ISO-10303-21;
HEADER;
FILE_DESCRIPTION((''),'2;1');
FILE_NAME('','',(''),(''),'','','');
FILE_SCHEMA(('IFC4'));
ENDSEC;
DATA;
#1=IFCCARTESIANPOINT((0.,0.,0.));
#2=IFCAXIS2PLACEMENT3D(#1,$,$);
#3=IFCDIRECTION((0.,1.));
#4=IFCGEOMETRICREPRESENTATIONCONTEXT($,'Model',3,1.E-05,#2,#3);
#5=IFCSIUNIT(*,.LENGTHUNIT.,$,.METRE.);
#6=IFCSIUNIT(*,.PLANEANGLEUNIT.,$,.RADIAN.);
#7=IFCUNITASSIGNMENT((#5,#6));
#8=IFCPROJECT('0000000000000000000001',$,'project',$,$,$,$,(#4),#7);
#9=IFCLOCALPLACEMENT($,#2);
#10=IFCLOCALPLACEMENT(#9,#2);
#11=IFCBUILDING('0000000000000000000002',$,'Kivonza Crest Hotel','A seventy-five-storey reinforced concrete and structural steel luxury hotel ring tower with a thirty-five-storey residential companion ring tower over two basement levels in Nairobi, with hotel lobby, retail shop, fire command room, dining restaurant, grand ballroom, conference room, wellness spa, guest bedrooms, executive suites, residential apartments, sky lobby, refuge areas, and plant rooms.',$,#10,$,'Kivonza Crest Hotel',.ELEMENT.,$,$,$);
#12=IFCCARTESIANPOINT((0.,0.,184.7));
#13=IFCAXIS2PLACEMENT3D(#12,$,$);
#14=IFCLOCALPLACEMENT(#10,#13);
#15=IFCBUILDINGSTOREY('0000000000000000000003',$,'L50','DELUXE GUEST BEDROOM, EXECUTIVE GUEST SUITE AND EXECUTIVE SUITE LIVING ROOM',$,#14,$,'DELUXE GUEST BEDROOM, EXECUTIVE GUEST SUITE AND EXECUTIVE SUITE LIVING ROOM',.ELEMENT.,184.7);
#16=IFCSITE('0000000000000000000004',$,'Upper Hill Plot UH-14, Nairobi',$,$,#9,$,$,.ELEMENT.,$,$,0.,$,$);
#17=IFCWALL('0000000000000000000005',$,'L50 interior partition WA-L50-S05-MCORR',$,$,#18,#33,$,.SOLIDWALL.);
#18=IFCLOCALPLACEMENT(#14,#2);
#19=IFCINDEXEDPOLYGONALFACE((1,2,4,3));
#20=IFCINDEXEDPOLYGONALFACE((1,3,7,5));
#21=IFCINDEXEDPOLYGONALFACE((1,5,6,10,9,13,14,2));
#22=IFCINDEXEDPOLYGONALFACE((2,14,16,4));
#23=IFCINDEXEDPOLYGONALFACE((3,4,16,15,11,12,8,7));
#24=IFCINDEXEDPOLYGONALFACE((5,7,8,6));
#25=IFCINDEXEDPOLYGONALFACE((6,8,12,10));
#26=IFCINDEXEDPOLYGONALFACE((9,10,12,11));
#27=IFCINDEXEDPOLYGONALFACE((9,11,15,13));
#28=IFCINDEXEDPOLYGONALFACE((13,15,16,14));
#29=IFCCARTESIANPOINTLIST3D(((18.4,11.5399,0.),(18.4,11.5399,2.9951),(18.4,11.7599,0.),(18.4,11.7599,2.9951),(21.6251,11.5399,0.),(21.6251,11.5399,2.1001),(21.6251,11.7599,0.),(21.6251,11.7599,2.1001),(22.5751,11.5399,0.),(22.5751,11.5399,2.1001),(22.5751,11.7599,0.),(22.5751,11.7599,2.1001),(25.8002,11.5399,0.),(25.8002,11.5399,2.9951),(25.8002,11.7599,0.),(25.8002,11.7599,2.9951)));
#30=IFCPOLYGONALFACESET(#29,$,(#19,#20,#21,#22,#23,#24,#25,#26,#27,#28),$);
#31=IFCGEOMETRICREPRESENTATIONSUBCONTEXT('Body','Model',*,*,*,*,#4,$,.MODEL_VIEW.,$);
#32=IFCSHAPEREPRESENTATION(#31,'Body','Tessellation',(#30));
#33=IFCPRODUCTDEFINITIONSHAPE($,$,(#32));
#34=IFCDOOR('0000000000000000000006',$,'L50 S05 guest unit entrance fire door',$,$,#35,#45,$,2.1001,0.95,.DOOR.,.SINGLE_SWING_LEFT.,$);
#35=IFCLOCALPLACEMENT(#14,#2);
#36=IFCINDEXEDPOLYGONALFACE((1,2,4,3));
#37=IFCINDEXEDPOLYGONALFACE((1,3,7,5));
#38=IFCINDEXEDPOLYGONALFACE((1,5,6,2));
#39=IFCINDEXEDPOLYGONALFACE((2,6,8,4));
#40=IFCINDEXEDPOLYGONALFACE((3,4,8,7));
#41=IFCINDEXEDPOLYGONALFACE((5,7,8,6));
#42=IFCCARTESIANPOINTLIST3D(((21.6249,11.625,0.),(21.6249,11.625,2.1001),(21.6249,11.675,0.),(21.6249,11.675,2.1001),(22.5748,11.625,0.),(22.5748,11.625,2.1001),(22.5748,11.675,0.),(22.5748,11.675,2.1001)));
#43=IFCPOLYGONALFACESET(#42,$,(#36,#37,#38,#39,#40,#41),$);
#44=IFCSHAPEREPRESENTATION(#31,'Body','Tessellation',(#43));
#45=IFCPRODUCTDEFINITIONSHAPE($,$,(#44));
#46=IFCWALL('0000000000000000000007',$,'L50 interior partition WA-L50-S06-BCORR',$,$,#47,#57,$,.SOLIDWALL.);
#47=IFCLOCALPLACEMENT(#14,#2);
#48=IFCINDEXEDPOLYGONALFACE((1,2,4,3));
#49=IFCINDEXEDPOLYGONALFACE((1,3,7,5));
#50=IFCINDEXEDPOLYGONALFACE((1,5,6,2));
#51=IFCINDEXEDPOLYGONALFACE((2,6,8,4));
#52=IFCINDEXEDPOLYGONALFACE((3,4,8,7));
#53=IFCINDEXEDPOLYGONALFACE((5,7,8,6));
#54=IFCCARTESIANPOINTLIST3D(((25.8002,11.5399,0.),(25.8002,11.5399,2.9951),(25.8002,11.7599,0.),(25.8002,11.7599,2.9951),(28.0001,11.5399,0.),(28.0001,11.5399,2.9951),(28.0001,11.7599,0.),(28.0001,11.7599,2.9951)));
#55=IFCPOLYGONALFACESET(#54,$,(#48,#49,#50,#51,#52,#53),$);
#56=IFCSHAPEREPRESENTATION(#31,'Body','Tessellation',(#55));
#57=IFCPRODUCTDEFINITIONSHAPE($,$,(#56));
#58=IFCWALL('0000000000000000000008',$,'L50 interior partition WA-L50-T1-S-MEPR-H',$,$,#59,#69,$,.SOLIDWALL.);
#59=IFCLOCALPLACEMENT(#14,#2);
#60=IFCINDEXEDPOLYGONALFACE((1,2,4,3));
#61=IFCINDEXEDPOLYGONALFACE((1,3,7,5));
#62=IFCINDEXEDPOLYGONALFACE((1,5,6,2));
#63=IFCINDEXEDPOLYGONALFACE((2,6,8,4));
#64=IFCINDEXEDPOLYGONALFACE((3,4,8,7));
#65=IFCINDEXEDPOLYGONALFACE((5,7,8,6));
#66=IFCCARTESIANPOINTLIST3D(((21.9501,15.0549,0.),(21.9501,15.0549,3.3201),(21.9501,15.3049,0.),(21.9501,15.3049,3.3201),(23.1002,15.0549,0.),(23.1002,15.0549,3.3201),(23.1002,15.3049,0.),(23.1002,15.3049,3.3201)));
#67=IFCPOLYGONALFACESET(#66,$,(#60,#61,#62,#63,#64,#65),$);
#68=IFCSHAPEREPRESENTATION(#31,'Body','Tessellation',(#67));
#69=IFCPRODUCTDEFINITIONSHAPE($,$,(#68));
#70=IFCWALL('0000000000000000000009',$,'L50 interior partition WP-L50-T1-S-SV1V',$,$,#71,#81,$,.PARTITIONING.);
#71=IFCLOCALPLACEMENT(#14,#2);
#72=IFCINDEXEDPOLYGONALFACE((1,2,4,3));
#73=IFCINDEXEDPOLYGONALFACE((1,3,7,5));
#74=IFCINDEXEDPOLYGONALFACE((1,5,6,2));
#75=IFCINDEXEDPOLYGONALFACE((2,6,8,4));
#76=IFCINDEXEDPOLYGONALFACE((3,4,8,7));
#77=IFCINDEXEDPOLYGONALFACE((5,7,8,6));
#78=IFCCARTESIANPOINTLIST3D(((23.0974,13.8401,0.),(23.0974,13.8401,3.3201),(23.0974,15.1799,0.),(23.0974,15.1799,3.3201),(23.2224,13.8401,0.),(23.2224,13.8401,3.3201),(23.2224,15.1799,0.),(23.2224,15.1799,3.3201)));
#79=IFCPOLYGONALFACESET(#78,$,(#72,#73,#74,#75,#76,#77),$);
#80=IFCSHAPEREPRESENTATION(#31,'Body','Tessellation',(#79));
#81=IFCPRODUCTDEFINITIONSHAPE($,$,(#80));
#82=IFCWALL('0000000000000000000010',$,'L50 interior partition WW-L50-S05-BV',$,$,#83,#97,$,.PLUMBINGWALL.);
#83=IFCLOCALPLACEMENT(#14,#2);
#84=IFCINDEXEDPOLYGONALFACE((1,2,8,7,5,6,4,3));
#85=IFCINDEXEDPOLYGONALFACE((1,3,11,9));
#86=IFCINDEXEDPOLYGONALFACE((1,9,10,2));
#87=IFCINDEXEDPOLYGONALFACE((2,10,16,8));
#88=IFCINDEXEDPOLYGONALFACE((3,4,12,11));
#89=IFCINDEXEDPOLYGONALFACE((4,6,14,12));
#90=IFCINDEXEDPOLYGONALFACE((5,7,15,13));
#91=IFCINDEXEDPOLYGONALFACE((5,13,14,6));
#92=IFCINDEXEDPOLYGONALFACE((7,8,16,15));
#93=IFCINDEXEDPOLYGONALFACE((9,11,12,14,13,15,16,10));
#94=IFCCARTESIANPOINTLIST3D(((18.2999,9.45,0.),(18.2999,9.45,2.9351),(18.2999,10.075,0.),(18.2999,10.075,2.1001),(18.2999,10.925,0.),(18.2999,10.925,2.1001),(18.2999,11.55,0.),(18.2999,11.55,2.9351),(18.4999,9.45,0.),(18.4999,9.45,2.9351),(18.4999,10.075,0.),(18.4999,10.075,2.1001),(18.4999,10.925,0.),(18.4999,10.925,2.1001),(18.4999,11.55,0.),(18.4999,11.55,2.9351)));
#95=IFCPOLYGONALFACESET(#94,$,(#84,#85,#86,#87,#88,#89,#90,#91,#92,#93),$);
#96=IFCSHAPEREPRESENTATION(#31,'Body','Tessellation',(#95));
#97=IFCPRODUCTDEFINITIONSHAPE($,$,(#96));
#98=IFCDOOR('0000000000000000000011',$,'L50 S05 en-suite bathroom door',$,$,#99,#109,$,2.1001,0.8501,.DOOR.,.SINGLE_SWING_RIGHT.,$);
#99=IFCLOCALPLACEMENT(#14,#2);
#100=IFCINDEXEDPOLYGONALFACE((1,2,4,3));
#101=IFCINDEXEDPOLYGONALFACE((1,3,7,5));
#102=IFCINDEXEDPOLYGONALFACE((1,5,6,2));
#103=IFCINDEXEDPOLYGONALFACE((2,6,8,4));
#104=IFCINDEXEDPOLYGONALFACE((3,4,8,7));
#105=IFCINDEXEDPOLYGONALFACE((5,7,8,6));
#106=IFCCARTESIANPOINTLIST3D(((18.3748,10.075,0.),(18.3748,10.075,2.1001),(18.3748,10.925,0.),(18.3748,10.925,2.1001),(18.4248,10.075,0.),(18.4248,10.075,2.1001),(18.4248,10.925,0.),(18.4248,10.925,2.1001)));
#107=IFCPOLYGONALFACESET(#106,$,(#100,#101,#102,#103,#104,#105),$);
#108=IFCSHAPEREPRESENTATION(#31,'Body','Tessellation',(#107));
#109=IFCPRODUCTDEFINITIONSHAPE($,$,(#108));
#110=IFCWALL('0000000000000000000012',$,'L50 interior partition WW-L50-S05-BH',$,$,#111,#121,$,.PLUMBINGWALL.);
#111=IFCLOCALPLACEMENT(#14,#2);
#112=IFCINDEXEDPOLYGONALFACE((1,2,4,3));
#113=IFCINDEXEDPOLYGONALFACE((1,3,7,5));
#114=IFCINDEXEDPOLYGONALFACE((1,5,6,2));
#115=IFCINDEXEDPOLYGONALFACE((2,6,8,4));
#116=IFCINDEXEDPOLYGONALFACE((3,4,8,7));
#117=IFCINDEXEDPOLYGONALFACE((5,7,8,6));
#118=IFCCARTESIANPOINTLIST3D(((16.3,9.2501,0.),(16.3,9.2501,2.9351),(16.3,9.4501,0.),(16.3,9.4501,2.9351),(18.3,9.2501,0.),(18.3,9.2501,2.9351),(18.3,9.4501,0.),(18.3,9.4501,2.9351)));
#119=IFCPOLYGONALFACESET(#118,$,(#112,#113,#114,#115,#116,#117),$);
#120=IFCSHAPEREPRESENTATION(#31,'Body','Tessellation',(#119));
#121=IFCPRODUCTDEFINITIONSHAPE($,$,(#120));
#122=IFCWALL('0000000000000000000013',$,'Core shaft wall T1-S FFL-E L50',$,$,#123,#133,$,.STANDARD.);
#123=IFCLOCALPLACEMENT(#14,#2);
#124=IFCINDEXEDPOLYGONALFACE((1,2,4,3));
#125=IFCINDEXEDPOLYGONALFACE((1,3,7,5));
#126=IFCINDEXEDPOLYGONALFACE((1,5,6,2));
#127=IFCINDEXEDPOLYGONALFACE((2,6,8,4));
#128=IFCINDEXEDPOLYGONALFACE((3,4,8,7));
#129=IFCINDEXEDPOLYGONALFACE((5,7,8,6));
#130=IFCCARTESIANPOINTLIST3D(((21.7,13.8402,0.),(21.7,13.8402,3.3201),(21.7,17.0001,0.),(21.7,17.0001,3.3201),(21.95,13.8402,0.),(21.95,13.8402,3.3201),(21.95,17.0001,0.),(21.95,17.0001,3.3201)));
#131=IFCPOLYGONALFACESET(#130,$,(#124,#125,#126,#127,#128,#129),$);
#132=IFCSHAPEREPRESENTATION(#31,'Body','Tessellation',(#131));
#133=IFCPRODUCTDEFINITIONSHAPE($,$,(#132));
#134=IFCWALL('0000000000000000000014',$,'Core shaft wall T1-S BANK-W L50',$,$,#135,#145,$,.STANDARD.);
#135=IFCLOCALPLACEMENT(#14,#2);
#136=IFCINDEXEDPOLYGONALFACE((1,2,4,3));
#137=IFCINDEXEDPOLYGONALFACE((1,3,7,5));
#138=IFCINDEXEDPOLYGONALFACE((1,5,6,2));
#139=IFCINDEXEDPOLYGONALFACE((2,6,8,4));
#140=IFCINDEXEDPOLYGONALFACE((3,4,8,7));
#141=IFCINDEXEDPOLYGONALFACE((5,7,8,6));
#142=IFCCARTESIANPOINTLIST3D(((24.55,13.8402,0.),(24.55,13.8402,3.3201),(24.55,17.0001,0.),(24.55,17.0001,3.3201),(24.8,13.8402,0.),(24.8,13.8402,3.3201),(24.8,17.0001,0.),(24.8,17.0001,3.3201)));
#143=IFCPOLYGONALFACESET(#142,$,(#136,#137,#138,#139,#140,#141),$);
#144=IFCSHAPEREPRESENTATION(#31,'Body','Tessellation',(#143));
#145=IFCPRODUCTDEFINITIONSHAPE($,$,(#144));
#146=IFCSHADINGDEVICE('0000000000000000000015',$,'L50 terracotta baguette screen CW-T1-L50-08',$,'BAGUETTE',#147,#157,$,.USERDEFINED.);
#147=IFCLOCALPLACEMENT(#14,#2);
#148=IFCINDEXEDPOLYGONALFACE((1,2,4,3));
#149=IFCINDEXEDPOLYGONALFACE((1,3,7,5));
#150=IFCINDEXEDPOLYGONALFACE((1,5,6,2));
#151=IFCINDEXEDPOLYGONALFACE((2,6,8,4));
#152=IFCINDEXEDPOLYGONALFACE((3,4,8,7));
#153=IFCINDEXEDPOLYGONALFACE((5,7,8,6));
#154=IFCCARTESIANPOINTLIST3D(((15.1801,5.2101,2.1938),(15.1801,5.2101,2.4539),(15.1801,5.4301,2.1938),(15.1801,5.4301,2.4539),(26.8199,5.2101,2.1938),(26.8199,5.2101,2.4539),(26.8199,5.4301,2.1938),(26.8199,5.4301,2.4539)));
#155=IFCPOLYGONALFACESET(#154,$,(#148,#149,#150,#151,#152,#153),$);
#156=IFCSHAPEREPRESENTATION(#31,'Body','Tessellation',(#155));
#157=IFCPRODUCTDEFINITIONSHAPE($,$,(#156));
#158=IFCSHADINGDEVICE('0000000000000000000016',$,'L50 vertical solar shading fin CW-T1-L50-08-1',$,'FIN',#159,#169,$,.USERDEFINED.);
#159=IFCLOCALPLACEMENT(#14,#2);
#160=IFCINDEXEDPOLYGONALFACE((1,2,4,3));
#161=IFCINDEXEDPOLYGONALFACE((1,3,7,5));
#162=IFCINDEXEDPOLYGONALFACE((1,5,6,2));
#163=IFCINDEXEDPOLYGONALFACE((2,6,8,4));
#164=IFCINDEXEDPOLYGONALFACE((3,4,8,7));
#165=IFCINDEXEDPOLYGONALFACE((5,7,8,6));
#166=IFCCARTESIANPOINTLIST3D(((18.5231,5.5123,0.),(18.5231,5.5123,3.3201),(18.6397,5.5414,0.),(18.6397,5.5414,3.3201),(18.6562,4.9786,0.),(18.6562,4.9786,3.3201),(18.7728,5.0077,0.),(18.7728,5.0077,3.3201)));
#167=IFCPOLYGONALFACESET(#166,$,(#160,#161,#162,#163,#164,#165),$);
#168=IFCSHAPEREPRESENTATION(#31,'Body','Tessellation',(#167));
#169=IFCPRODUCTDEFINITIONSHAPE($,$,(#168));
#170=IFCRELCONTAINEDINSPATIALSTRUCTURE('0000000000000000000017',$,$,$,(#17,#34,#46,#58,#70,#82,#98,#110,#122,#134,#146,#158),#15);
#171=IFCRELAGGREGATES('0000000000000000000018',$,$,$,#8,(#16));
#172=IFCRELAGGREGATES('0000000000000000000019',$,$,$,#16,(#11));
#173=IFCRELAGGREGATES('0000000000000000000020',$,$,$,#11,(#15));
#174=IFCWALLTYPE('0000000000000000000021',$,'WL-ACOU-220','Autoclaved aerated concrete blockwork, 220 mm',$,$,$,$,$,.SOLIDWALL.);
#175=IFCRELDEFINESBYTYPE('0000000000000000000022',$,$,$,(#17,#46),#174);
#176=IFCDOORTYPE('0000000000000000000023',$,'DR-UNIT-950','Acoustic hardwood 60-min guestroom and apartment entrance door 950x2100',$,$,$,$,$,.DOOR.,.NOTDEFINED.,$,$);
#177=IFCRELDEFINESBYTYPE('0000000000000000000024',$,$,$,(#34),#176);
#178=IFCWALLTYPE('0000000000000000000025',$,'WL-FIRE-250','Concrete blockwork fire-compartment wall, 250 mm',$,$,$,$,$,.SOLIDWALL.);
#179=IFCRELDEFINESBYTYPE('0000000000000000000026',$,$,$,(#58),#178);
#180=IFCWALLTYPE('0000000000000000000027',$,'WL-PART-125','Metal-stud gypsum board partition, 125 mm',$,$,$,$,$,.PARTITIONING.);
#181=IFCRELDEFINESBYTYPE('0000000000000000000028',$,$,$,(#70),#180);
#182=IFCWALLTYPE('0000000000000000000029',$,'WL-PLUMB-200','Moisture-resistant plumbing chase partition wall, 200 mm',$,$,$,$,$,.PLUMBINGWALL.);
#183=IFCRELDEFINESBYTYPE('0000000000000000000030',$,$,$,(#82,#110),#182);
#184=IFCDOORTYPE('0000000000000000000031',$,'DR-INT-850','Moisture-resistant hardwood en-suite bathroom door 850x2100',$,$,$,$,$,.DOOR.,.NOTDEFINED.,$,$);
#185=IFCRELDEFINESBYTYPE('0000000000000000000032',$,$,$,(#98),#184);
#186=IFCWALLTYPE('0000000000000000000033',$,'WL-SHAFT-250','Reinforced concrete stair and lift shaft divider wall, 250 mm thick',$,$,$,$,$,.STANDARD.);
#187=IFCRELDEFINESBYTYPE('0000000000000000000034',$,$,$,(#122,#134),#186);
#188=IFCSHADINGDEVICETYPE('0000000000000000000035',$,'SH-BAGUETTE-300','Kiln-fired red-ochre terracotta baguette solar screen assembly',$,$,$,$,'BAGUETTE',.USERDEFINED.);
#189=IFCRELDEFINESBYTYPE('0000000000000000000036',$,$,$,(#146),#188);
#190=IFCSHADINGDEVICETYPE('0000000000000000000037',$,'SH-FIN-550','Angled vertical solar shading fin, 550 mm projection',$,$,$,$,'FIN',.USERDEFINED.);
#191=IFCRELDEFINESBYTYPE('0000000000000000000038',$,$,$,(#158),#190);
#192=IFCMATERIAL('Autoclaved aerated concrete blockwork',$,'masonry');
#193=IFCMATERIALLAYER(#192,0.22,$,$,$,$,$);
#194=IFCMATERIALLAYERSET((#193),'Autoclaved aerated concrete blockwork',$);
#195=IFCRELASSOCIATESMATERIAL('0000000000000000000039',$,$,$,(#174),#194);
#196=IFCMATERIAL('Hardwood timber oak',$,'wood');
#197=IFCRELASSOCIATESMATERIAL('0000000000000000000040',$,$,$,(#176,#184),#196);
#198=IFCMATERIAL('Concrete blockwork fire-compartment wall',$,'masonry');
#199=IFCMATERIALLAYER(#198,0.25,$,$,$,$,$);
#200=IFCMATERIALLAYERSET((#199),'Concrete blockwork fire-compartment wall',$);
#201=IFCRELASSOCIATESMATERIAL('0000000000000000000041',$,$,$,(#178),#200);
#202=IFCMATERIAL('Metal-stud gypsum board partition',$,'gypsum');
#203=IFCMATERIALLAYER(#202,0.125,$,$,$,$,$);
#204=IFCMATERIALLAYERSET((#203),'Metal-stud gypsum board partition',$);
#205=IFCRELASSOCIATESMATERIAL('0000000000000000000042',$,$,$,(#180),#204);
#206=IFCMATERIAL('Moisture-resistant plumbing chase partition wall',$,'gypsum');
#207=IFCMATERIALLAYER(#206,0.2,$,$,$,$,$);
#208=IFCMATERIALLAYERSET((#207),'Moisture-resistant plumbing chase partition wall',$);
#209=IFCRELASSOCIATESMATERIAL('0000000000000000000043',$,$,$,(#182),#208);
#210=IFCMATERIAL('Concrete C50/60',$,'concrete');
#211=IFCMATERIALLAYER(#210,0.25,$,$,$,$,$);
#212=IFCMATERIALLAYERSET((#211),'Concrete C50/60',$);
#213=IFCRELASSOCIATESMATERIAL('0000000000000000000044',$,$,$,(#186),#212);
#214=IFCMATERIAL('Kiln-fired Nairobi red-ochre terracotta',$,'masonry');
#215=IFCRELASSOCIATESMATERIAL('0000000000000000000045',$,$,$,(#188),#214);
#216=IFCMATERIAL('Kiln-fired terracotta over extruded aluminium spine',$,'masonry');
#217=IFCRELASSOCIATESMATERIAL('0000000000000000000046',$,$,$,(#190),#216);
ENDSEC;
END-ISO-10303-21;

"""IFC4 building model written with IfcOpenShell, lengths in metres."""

from ifc_helpers import new_model, si_unit, direction, frame, frame_2d, origin, origin_2d, place, context, subcontext, project, spatial, rectangle, extrude, material, layer, layer_set, type_object, element, fill, save


model = new_model("IFC4")

# Units and contexts
model_context = context("Model", 3, precision=1e-05, world=origin(), true_north=direction((0.0, 1.0)))
body_context = subcontext(model_context, "Body", "Model", "MODEL_VIEW")
ifc_project = project(units=[si_unit("LENGTHUNIT", "METRE"), si_unit("PLANEANGLEUNIT", "RADIAN")], contexts=[model_context])

# Site, building, storey
site_placement = place(None, origin())
site = spatial("IfcSite", under=ifc_project, at=site_placement, Name="Upper Hill Plot UH-14, Nairobi", CompositionType="ELEMENT", RefElevation=0.0)
building_placement = place(site_placement, origin())
building = spatial("IfcBuilding", under=site, at=building_placement, Name="Kivonza Crest Hotel", Description="A seventy-five-storey reinforced concrete and structural steel luxury hotel ring tower with a thirty-five-storey residential companion ring tower over two basement levels in Nairobi, with hotel lobby, retail shop, fire command room, dining restaurant, grand ballroom, conference room, wellness spa, guest bedrooms, executive suites, residential apartments, sky lobby, refuge areas, and plant rooms.", LongName="Kivonza Crest Hotel", CompositionType="ELEMENT")
storey_placement = place(building_placement, frame((0.0, 0.0, 184.7)))
storey = spatial("IfcBuildingStorey", under=building, at=storey_placement, Name="L50", Description="DELUXE GUEST BEDROOM, EXECUTIVE GUEST SUITE AND EXECUTIVE SUITE LIVING ROOM", LongName="DELUXE GUEST BEDROOM, EXECUTIVE GUEST SUITE AND EXECUTIVE SUITE LIVING ROOM", CompositionType="ELEMENT", Elevation=184.7)

# Shared definitions
ifc_material_1 = material(Name="Concrete C50/60", Category="concrete")

# Wall, opening, door
ifc_material_2 = material(Name="Autoclaved aerated concrete blockwork", Category="masonry")
ifc_layer_1 = layer(ifc_material_2, 0.22)
ifc_layer_set_1 = layer_set([ifc_layer_1], Name="Autoclaved aerated concrete blockwork")
wall_type_1 = type_object("IfcWallType", Name="WL-ACOU-220", Description="Autoclaved aerated concrete blockwork, 220 mm", PredefinedType="SOLIDWALL", material=ifc_layer_set_1)
wall_1_placement = place(storey_placement, frame((18.3999, 11.6499, 0.0), z_axis=(0.0, 0.0, 1.0), x_axis=(1.0, 0.0, 0.0)))
wall_1 = element("IfcWall", 1, at=wall_1_placement, inside=storey, type_object=wall_type_1, Name="L50 interior partition WA-L50-S05-MCORR", PredefinedType="SOLIDWALL", context=body_context, shape_type="SweptSolid", body=[
    extrude(rectangle(XDim=7.4001, YDim=0.22, at=frame_2d((3.7002, 0.0))), origin(), (0.0, 0.0, 1.0), 2.9951),
])
opening_1_placement = place(wall_1_placement, frame((3.2251, 0.0, 0.0)))
opening_1 = element("IfcOpeningElement", 2, at=opening_1_placement, cuts=wall_1, PredefinedType="OPENING", context=body_context, shape_type="SweptSolid", body=[
    extrude(rectangle(XDim=0.95, YDim=2.1001, at=frame_2d((0.4751, 1.05))), frame((0.0, 0.1201, 0.0), z_axis=(0.0, -1.0, 0.0), x_axis=(1.0, 0.0, 0.0)), (0.0, 0.0, 1.0), 0.24),
])
ifc_material_3 = material(Name="Hardwood timber oak", Category="wood")
door_type_1 = type_object("IfcDoorType", Name="DR-UNIT-950", Description="Acoustic hardwood 60-min guestroom and apartment entrance door 950x2100", OperationType="NOTDEFINED", PredefinedType="DOOR", material=ifc_material_3)
door_1_placement = place(opening_1_placement, frame((0.95, 0.0, 0.0), z_axis=(0.0, 0.0, 1.0), x_axis=(-1.0, 0.0, 0.0)))
door_1 = element("IfcDoor", 3, at=door_1_placement, inside=storey, type_object=door_type_1, Name="L50 S05 guest unit entrance fire door", OperationType="SINGLE_SWING_LEFT", OverallHeight=2.1001, OverallWidth=0.95, PredefinedType="DOOR", context=body_context, shape_type="SweptSolid", body=[
    extrude(rectangle(XDim=0.95, YDim=2.1001, at=frame_2d((0.4751, 1.05))), frame((0.0, 0.0249, 0.0), z_axis=(0.0, -1.0, 0.0), x_axis=(1.0, 0.0, 0.0)), (0.0, 0.0, 1.0), 0.05),
])
fill(opening_1, door_1)

# Walls
wall_2_placement = place(storey_placement, frame((25.8, 11.6499, 0.0), z_axis=(0.0, 0.0, 1.0), x_axis=(1.0, 0.0, 0.0)))
element("IfcWall", 4, at=wall_2_placement, inside=storey, type_object=wall_type_1, Name="L50 interior partition WA-L50-S06-BCORR", PredefinedType="SOLIDWALL", context=body_context, shape_type="SweptSolid", body=[
    extrude(rectangle(XDim=2.2, YDim=0.22, at=frame_2d((1.1001, 0.0))), origin(), (0.0, 0.0, 1.0), 2.9951),
])
ifc_material_4 = material(Name="Concrete blockwork fire-compartment wall", Category="masonry")
ifc_layer_2 = layer(ifc_material_4, 0.25)
ifc_layer_set_2 = layer_set([ifc_layer_2], Name="Concrete blockwork fire-compartment wall")
wall_type_2 = type_object("IfcWallType", Name="WL-FIRE-250", Description="Concrete blockwork fire-compartment wall, 250 mm", PredefinedType="SOLIDWALL", material=ifc_layer_set_2)
wall_3_placement = place(storey_placement, frame((21.95, 15.1799, 0.0), z_axis=(0.0, 0.0, 1.0), x_axis=(1.0, 0.0, 0.0)))
element("IfcWall", 5, at=wall_3_placement, inside=storey, type_object=wall_type_2, Name="L50 interior partition WA-L50-T1-S-MEPR-H", PredefinedType="SOLIDWALL", context=body_context, shape_type="SweptSolid", body=[
    extrude(rectangle(XDim=1.1501, YDim=0.25, at=frame_2d((0.5752, 0.0))), origin(), (0.0, 0.0, 1.0), 3.3201),
])
ifc_material_5 = material(Name="Metal-stud gypsum board partition", Category="gypsum")
ifc_layer_3 = layer(ifc_material_5, 0.125)
ifc_layer_set_3 = layer_set([ifc_layer_3], Name="Metal-stud gypsum board partition")
wall_type_3 = type_object("IfcWallType", Name="WL-PART-125", Description="Metal-stud gypsum board partition, 125 mm", PredefinedType="PARTITIONING", material=ifc_layer_set_3)
wall_4_placement = place(storey_placement, frame((23.1599, 13.8401, 0.0), z_axis=(0.0, 0.0, 1.0), x_axis=(0.0, 1.0, 0.0)))
element("IfcWall", 6, at=wall_4_placement, inside=storey, type_object=wall_type_3, Name="L50 interior partition WP-L50-T1-S-SV1V", PredefinedType="PARTITIONING", context=body_context, shape_type="SweptSolid", body=[
    extrude(rectangle(XDim=1.3398, YDim=0.125, at=frame_2d((0.6699, 0.0))), origin(), (0.0, 0.0, 1.0), 3.3201),
])

# Wall, opening, door
ifc_material_6 = material(Name="Moisture-resistant plumbing chase partition wall", Category="gypsum")
ifc_layer_4 = layer(ifc_material_6, 0.2)
ifc_layer_set_4 = layer_set([ifc_layer_4], Name="Moisture-resistant plumbing chase partition wall")
wall_type_4 = type_object("IfcWallType", Name="WL-PLUMB-200", Description="Moisture-resistant plumbing chase partition wall, 200 mm", PredefinedType="PLUMBINGWALL", material=ifc_layer_set_4)
wall_5_placement = place(storey_placement, frame((18.3999, 9.45, 0.0), z_axis=(0.0, 0.0, 1.0), x_axis=(0.0, 1.0, 0.0)))
wall_5 = element("IfcWall", 7, at=wall_5_placement, inside=storey, type_object=wall_type_4, Name="L50 interior partition WW-L50-S05-BV", PredefinedType="PLUMBINGWALL", context=body_context, shape_type="SweptSolid", body=[
    extrude(rectangle(XDim=2.1001, YDim=0.2, at=frame_2d((1.05, 0.0))), origin(), (0.0, 0.0, 1.0), 2.9351),
])
opening_2_placement = place(wall_5_placement, frame((0.625, 0.0, 0.0)))
opening_2 = element("IfcOpeningElement", 8, at=opening_2_placement, cuts=wall_5, PredefinedType="OPENING", context=body_context, shape_type="SweptSolid", body=[
    extrude(rectangle(XDim=0.8501, YDim=2.1001, at=frame_2d((0.425, 1.05))), frame((0.0, 0.1099, 0.0), z_axis=(0.0, -1.0, 0.0), x_axis=(1.0, 0.0, 0.0)), (0.0, 0.0, 1.0), 0.22),
])
door_type_2 = type_object("IfcDoorType", Name="DR-INT-850", Description="Moisture-resistant hardwood en-suite bathroom door 850x2100", OperationType="NOTDEFINED", PredefinedType="DOOR", material=ifc_material_3)
door_2_placement = place(opening_2_placement, frame((0.8501, 0.0, 0.0), z_axis=(0.0, 0.0, 1.0), x_axis=(-1.0, 0.0, 0.0)))
door_2 = element("IfcDoor", 9, at=door_2_placement, inside=storey, type_object=door_type_2, Name="L50 S05 en-suite bathroom door", OperationType="SINGLE_SWING_RIGHT", OverallHeight=2.1001, OverallWidth=0.8501, PredefinedType="DOOR", context=body_context, shape_type="SweptSolid", body=[
    extrude(rectangle(XDim=0.8501, YDim=2.1001, at=frame_2d((0.425, 1.05))), frame((0.0, 0.0249, 0.0), z_axis=(0.0, -1.0, 0.0), x_axis=(1.0, 0.0, 0.0)), (0.0, 0.0, 1.0), 0.05),
])
fill(opening_2, door_2)

# Wall
wall_6_placement = place(storey_placement, frame((16.3, 9.3501, 0.0), z_axis=(0.0, 0.0, 1.0), x_axis=(1.0, 0.0, 0.0)))
element("IfcWall", 10, at=wall_6_placement, inside=storey, type_object=wall_type_4, Name="L50 interior partition WW-L50-S05-BH", PredefinedType="PLUMBINGWALL", context=body_context, shape_type="SweptSolid", body=[
    extrude(rectangle(XDim=2.0, YDim=0.2, at=frame_2d((1.0, 0.0))), origin(), (0.0, 0.0, 1.0), 2.9351),
])

# Shared definitions
ifc_layer_5 = layer(ifc_material_1, 0.25)
ifc_layer_set_5 = layer_set([ifc_layer_5], Name="Concrete C50/60")
wall_type_5 = type_object("IfcWallType", Name="WL-SHAFT-250", Description="Reinforced concrete stair and lift shaft divider wall, 250 mm thick", PredefinedType="STANDARD", material=ifc_layer_set_5)

# Walls
for number, where, z_axis, x_axis, name in (
    (11, (21.825, 13.8401, 0.0), (0.0, 0.0, 1.0), (0.0, 1.0, 0.0), "Core shaft wall T1-S FFL-E L50"),
    (12, (24.675, 13.8401, 0.0), (0.0, 0.0, 1.0), (0.0, 1.0, 0.0), "Core shaft wall T1-S BANK-W L50"),
):
    element("IfcWall", number, at=place(storey_placement, frame(where, z_axis=z_axis, x_axis=x_axis)), inside=storey, type_object=wall_type_5, Name=name, PredefinedType="STANDARD", context=body_context, shape_type="SweptSolid", body=[
        extrude(rectangle(XDim=3.1599, YDim=0.25, at=frame_2d((1.5801, 0.0))), origin(), (0.0, 0.0, 1.0), 3.3201),
    ])

# Shading devices
ifc_material_7 = material(Name="Kiln-fired Nairobi red-ochre terracotta", Category="masonry")
shading_device_type_1 = type_object("IfcShadingDeviceType", Name="SH-BAGUETTE-300", Description="Kiln-fired red-ochre terracotta baguette solar screen assembly", ElementType="BAGUETTE", PredefinedType="USERDEFINED", material=ifc_material_7)
shading_device_placement = place(storey_placement, frame((21.0, 5.3201, 2.1938), z_axis=(0.0, 0.0, 1.0), x_axis=(1.0, 0.0, 0.0)))
element("IfcShadingDevice", 13, at=shading_device_placement, inside=storey, type_object=shading_device_type_1, Name="L50 terracotta baguette screen CW-T1-L50-08", ObjectType="BAGUETTE", PredefinedType="USERDEFINED", context=body_context, shape_type="SweptSolid", body=[
    extrude(rectangle(XDim=11.6399, YDim=0.22, at=origin_2d()), origin(), (0.0, 0.0, 1.0), 0.26),
])
ifc_material_8 = material(Name="Kiln-fired terracotta over extruded aluminium spine", Category="masonry")
shading_device_type_2 = type_object("IfcShadingDeviceType", Name="SH-FIN-550", Description="Angled vertical solar shading fin, 550 mm projection", ElementType="FIN", PredefinedType="USERDEFINED", material=ifc_material_8)
for number, where, z_axis, x_axis, name in (
    (14, (18.6479, 5.26, 0.0), (0.0, 0.0, 1.0), (0.970296, 0.241922, 0.0), "L50 vertical solar shading fin CW-T1-L50-08-1"),
):
    element("IfcShadingDevice", number, at=place(storey_placement, frame(where, z_axis=z_axis, x_axis=x_axis)), inside=storey, type_object=shading_device_type_2, Name=name, ObjectType="FIN", PredefinedType="USERDEFINED", context=body_context, shape_type="SweptSolid", body=[
        extrude(rectangle(XDim=0.1201, YDim=0.55, at=origin_2d()), origin(), (0.0, 0.0, 1.0), 3.3201),
    ])

save(model, "model.ifc")
